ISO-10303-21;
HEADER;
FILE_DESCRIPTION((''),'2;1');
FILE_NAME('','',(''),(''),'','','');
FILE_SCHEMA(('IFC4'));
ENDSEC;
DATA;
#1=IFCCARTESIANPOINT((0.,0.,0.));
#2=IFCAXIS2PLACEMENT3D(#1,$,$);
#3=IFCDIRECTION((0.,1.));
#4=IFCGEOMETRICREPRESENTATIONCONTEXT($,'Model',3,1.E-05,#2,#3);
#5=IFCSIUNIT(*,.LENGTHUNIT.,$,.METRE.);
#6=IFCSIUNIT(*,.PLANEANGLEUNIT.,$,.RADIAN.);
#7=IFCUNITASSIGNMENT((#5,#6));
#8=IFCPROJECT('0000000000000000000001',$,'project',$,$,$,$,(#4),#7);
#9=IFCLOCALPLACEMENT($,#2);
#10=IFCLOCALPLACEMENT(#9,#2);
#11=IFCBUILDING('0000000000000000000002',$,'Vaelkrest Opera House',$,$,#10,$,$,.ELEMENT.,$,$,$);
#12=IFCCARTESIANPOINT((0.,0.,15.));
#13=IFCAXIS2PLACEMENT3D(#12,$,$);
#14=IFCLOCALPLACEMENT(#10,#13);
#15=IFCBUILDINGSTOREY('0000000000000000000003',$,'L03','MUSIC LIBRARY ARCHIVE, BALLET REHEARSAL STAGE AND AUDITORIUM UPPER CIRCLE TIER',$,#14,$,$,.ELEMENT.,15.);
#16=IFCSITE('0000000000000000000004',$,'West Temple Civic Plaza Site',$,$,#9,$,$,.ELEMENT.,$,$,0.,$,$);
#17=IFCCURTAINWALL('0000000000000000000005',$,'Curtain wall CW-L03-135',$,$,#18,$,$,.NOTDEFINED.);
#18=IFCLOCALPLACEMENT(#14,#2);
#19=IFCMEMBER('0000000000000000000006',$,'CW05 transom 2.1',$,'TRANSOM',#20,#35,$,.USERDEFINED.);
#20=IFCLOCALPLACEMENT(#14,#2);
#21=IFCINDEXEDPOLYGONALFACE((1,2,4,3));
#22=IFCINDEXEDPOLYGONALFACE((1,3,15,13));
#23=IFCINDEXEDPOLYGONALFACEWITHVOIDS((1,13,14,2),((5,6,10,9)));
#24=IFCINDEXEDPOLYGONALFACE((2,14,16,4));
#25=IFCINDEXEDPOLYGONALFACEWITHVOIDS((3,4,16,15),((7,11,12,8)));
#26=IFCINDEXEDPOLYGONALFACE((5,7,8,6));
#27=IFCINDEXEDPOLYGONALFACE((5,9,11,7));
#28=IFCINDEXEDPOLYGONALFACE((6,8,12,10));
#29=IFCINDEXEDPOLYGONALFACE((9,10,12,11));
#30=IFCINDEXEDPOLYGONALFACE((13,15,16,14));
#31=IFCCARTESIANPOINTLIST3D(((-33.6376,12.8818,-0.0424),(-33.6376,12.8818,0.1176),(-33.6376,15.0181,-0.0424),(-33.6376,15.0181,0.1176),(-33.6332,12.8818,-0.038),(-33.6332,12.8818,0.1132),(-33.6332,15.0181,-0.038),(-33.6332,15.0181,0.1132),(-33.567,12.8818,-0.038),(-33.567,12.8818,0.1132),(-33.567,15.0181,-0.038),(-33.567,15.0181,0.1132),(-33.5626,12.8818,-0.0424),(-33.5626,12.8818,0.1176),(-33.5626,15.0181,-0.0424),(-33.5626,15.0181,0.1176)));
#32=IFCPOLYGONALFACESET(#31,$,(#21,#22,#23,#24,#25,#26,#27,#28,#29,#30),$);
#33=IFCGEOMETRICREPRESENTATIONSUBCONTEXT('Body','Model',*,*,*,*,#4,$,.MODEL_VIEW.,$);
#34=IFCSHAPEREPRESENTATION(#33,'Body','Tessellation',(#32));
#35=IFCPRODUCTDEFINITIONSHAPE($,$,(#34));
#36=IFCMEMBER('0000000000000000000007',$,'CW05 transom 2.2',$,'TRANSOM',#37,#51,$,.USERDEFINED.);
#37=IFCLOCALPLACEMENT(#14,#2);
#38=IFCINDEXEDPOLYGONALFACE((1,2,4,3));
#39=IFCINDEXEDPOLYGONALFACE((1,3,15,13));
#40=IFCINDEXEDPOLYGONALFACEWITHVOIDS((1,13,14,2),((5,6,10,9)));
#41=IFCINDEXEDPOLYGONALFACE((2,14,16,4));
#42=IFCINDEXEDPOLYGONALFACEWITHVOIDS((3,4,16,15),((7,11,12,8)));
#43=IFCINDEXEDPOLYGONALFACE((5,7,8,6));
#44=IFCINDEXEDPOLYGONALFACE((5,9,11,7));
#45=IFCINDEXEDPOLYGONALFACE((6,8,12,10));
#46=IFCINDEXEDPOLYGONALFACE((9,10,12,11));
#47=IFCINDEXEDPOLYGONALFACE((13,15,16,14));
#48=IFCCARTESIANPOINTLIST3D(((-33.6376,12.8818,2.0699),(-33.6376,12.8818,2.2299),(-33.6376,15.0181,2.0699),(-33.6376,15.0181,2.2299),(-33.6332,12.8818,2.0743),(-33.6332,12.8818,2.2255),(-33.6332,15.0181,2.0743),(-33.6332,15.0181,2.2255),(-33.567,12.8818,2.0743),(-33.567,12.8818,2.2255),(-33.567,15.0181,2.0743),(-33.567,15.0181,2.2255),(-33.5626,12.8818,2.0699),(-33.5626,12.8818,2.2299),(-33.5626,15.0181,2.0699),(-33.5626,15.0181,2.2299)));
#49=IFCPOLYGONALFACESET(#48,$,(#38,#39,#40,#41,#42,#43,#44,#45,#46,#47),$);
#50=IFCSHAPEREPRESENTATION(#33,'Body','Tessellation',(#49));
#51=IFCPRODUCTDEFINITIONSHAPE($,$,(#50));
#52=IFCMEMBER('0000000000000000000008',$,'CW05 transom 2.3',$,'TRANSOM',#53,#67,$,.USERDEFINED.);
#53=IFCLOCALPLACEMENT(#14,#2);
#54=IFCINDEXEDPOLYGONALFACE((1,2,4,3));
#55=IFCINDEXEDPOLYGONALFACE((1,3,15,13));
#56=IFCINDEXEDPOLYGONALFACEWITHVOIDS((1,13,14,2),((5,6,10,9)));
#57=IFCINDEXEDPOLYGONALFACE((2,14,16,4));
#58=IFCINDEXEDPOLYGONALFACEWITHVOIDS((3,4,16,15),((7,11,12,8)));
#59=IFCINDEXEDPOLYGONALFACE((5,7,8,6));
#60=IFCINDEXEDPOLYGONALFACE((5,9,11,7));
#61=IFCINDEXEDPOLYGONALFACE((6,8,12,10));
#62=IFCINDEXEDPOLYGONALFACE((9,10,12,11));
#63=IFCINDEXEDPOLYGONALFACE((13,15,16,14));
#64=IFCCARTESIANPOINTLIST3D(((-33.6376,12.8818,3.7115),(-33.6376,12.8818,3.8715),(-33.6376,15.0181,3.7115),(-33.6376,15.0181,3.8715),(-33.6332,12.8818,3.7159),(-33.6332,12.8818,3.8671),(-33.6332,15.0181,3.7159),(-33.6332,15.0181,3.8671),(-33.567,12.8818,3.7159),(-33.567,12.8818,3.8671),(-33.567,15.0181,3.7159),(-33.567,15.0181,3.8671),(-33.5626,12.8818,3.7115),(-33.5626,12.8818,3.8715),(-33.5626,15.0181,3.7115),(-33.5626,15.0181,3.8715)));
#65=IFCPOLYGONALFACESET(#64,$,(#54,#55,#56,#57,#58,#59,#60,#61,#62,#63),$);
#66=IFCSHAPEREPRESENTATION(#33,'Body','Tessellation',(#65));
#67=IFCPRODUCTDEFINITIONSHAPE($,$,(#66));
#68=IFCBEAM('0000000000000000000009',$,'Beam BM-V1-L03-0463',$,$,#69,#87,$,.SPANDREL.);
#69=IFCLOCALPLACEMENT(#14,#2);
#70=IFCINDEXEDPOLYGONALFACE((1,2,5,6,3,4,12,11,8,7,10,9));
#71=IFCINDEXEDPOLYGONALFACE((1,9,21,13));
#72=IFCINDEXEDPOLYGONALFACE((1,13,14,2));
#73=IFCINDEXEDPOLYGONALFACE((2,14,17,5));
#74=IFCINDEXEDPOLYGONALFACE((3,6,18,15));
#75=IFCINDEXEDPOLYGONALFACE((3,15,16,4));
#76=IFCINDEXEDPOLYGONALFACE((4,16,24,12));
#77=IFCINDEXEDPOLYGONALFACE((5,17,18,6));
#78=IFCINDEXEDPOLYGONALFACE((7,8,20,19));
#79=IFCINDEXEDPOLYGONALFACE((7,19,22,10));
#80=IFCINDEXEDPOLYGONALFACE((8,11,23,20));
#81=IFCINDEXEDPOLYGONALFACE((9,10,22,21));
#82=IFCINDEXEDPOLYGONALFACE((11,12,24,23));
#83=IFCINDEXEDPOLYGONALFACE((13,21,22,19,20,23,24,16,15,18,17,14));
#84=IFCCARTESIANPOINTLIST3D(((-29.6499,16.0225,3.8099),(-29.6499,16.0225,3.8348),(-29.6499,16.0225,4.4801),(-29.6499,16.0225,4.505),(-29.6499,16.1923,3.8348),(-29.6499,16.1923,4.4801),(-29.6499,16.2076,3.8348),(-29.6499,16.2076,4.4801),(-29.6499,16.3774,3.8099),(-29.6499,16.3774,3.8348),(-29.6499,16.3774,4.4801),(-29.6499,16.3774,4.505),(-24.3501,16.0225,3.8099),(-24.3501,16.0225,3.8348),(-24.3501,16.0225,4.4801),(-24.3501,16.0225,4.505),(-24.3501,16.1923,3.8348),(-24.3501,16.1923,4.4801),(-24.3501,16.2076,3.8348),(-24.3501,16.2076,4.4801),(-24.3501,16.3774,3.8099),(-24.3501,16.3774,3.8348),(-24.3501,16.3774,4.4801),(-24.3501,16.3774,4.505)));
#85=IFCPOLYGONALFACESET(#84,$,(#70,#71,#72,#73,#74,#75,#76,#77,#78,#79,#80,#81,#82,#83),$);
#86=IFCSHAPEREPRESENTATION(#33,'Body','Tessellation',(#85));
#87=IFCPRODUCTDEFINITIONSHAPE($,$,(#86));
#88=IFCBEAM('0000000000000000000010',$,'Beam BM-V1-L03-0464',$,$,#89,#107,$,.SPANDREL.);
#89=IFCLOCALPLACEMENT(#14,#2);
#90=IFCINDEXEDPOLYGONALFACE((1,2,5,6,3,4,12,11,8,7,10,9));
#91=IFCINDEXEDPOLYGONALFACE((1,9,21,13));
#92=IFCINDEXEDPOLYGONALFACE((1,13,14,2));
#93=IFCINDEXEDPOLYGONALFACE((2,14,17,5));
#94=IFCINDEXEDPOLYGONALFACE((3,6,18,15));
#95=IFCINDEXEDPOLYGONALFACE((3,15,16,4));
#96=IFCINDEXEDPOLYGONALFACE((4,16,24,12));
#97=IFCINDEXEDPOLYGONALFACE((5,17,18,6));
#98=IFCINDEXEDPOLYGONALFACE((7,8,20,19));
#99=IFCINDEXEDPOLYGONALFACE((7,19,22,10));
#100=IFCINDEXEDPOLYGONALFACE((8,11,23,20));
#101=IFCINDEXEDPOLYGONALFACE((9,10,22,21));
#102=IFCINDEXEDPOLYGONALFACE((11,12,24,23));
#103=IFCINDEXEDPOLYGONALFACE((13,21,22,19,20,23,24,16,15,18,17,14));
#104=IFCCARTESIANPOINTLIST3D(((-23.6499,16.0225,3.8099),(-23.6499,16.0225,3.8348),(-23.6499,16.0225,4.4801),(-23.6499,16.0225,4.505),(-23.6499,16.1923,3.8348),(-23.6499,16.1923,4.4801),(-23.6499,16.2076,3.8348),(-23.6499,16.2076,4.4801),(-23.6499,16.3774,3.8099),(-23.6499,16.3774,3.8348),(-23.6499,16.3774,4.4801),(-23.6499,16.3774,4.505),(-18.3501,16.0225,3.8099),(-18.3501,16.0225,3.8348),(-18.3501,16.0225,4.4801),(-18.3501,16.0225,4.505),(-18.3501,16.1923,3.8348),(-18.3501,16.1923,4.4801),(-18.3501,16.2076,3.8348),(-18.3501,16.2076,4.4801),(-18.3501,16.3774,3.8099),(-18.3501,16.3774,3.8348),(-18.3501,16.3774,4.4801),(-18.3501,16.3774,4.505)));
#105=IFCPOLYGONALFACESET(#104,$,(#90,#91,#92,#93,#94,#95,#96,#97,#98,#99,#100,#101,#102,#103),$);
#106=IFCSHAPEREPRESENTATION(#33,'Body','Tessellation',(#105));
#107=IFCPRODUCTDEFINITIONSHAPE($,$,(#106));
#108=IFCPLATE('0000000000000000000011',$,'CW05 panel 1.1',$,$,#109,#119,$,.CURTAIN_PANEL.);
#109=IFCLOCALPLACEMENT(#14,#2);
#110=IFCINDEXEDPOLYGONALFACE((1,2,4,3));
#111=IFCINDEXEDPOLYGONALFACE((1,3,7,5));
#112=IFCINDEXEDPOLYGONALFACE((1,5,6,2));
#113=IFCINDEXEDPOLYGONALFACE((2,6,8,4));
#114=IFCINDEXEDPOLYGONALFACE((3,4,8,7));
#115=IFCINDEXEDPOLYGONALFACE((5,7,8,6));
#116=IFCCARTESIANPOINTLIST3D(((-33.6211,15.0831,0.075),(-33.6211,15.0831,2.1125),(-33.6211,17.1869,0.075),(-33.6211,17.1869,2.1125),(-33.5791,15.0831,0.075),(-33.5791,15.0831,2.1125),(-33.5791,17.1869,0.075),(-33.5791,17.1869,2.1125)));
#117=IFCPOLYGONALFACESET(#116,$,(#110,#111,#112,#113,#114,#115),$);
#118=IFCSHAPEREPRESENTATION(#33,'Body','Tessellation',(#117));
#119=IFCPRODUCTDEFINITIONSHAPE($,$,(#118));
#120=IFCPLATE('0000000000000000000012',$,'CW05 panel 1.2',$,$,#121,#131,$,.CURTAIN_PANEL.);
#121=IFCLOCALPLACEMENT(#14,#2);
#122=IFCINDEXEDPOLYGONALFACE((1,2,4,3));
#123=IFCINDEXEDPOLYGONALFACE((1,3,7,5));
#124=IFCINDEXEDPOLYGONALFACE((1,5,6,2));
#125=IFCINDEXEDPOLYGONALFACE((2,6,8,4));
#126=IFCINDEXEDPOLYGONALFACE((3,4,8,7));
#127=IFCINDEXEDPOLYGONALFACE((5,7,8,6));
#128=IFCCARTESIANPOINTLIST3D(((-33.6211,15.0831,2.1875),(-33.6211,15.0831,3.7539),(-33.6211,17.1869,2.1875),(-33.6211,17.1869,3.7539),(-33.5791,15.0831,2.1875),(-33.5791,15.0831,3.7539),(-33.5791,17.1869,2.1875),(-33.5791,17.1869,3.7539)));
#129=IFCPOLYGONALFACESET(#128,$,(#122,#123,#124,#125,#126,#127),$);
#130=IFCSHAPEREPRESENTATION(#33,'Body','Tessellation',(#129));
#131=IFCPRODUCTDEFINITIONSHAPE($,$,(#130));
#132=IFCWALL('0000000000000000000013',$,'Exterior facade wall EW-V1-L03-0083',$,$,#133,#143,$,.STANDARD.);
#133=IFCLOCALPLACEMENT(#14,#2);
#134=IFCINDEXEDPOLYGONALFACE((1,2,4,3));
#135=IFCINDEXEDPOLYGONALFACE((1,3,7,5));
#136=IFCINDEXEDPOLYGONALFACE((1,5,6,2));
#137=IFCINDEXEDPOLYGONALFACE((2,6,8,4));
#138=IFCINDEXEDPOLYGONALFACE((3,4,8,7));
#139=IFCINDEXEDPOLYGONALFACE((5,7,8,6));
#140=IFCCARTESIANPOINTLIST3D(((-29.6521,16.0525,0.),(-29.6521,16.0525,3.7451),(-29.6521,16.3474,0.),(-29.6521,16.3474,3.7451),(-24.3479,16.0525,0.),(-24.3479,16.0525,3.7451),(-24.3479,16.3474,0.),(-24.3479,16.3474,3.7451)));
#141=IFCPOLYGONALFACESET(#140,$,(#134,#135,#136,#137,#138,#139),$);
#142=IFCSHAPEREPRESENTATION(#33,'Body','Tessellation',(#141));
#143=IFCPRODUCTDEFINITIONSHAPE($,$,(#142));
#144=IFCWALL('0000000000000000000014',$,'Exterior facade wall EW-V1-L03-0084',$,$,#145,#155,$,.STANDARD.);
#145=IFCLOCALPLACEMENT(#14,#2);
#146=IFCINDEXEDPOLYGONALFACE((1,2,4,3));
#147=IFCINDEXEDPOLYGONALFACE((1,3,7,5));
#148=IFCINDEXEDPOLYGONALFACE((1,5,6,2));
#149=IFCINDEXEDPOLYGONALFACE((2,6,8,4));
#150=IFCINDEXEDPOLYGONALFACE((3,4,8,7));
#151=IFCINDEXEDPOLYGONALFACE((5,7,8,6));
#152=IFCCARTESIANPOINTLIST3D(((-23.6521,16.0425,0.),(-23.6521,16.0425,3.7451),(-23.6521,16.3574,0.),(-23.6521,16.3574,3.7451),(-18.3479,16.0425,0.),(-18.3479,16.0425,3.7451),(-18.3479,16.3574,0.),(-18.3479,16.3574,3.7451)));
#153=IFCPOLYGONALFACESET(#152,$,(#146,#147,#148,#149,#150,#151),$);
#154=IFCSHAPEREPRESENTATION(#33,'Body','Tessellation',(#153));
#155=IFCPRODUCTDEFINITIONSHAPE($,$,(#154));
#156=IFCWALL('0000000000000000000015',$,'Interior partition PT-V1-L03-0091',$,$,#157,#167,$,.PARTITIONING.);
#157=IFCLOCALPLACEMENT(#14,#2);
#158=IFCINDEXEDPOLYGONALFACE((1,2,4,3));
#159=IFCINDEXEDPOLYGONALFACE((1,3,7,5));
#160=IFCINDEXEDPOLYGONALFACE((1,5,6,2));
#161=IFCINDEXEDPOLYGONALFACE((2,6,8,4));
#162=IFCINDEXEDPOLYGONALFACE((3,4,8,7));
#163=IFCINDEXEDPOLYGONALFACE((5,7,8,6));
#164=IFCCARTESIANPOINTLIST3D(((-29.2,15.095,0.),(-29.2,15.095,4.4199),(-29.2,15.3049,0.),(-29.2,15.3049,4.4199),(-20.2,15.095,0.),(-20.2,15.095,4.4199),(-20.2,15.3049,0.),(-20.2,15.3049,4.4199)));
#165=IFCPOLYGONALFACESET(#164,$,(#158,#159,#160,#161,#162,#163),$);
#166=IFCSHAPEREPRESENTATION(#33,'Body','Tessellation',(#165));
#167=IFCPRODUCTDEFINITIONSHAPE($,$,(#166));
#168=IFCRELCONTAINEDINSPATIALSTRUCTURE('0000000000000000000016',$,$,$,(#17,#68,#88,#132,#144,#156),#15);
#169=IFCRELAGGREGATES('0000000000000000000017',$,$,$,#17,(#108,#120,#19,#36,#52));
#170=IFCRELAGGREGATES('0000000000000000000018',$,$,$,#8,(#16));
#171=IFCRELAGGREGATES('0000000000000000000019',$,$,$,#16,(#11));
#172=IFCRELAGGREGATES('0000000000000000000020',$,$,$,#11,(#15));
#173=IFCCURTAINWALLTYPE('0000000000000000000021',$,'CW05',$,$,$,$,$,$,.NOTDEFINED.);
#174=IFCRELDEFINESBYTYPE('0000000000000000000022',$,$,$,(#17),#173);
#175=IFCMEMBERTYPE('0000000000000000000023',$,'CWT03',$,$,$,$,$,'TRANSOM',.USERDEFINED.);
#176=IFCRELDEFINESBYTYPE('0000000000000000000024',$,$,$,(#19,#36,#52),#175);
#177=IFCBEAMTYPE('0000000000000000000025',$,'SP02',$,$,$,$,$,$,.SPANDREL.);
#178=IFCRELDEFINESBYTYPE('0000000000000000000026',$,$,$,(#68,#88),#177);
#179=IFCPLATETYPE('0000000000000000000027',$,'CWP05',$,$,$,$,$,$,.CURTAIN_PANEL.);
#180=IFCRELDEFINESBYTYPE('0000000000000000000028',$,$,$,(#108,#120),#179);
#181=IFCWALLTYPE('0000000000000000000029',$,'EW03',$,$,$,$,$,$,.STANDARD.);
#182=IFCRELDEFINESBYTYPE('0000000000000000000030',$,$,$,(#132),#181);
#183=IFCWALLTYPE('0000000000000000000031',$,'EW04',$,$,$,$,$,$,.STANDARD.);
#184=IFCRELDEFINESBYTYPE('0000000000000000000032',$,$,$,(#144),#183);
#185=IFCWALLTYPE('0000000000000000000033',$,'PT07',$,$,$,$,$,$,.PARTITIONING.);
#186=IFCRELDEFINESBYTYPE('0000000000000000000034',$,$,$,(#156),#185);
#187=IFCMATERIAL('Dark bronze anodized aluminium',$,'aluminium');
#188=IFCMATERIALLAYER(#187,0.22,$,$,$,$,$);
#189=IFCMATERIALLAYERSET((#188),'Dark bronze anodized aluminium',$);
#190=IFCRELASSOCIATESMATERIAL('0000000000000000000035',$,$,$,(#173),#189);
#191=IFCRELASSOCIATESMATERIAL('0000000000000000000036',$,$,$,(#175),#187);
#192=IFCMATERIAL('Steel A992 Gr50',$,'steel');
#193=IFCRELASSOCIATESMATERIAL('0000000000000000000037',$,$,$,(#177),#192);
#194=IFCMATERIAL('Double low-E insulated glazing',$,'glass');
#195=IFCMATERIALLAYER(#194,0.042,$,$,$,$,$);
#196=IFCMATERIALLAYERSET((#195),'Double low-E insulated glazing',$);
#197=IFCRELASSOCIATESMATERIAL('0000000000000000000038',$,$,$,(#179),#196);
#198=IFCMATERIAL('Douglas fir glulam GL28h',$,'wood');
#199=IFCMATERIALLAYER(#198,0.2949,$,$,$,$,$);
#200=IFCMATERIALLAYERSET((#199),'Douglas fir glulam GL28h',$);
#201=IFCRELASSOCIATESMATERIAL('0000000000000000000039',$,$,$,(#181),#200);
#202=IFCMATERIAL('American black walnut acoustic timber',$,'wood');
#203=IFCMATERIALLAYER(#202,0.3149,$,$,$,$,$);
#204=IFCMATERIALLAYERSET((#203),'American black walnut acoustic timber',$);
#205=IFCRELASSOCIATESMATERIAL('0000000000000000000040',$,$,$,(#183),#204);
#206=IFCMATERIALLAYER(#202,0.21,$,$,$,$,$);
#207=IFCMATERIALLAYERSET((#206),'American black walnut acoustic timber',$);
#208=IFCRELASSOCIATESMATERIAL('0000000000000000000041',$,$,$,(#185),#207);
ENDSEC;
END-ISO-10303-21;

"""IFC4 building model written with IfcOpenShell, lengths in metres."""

from ifc_helpers import new_model, si_unit, direction, frame, frame_2d, origin, origin_2d, place, context, subcontext, project, spatial, rectangle, hollow_rectangle, i_section, extrude, material, layer, layer_set, material_profile, profile_set, type_object, element, aggregate, save


model = new_model("IFC4")

# Units and contexts
model_context = context("Model", 3, precision=1e-05, world=origin(), true_north=direction((0.0, 1.0)))
body_context = subcontext(model_context, "Body", "Model", "MODEL_VIEW")
ifc_project = project(units=[si_unit("LENGTHUNIT", "METRE"), si_unit("PLANEANGLEUNIT", "RADIAN")], contexts=[model_context])

# Site, building, storey
site_placement = place(None, origin())
site = spatial("IfcSite", under=ifc_project, at=site_placement, Name="West Temple Civic Plaza Site", CompositionType="ELEMENT", RefElevation=0.0)
building_placement = place(site_placement, origin())
building = spatial("IfcBuilding", under=site, at=building_placement, Name="Vaelkrest Opera House", CompositionType="ELEMENT")
storey_placement = place(building_placement, frame((0.0, 0.0, 15.0)))
storey = spatial("IfcBuildingStorey", under=building, at=storey_placement, Name="L03", Description="MUSIC LIBRARY ARCHIVE, BALLET REHEARSAL STAGE AND AUDITORIUM UPPER CIRCLE TIER", CompositionType="ELEMENT", Elevation=15.0)

# Curtain wall
ifc_material_1 = material(Name="Dark bronze anodized aluminium", Category="aluminium")
ifc_layer_1 = layer(ifc_material_1, 0.22)
ifc_layer_set_1 = layer_set([ifc_layer_1], Name="Dark bronze anodized aluminium")
curtain_wall_type_1 = type_object("IfcCurtainWallType", Name="CW05", PredefinedType="NOTDEFINED", material=ifc_layer_set_1)
curtain_wall_1_placement = place(storey_placement, origin())
curtain_wall_1 = element("IfcCurtainWall", 1, at=curtain_wall_1_placement, inside=storey, type_object=curtain_wall_type_1, Name="Curtain wall CW-L03-135", PredefinedType="NOTDEFINED")

# Members
ifc_material_profile_1 = material_profile(ifc_material_1, hollow_rectangle(XDim=0.075, YDim=0.1599, WallThickness=0.0044, at=origin_2d()), Name="CWT75X160")
ifc_profile_set_1 = profile_set([ifc_material_profile_1], Name="Dark bronze anodized aluminium")
member_type_1 = type_object("IfcMemberType", Name="CWT03", ElementType="TRANSOM", PredefinedType="USERDEFINED", material=ifc_profile_set_1)
member_1_placement = place(storey_placement, frame((-33.6001, 15.0181, 0.0376), z_axis=(0.0, -1.0, 0.0), x_axis=(1.0, 0.0, 0.0)))
member_1 = element("IfcMember", 2, at=member_1_placement, type_object=member_type_1, Name="CW05 transom 2.1", ObjectType="TRANSOM", PredefinedType="USERDEFINED", context=body_context, shape_type="SweptSolid", body=[
    extrude(hollow_rectangle(XDim=0.075, YDim=0.1599, WallThickness=0.0044, at=origin_2d()), origin(), (0.0, 0.0, 1.0), 2.1362),
])
member_2_placement = place(storey_placement, frame((-33.6001, 15.0181, 2.1499), z_axis=(0.0, -1.0, 0.0), x_axis=(1.0, 0.0, 0.0)))
member_2 = element("IfcMember", 3, at=member_2_placement, type_object=member_type_1, Name="CW05 transom 2.2", ObjectType="TRANSOM", PredefinedType="USERDEFINED", context=body_context, shape_type="SweptSolid", body=[
    extrude(hollow_rectangle(XDim=0.075, YDim=0.1599, WallThickness=0.0044, at=origin_2d()), origin(), (0.0, 0.0, 1.0), 2.1362),
])
member_3_placement = place(storey_placement, frame((-33.6001, 15.0181, 3.7915), z_axis=(0.0, -1.0, 0.0), x_axis=(1.0, 0.0, 0.0)))
member_3 = element("IfcMember", 4, at=member_3_placement, type_object=member_type_1, Name="CW05 transom 2.3", ObjectType="TRANSOM", PredefinedType="USERDEFINED", context=body_context, shape_type="SweptSolid", body=[
    extrude(hollow_rectangle(XDim=0.075, YDim=0.1599, WallThickness=0.0044, at=origin_2d()), origin(), (0.0, 0.0, 1.0), 2.1362),
])

# Beams
ifc_material_2 = material(Name="Steel A992 Gr50", Category="steel")
ifc_material_profile_2 = material_profile(ifc_material_2, i_section(OverallWidth=0.355, OverallDepth=0.6951, WebThickness=0.0154, FlangeThickness=0.0249, at=origin_2d()), Name="W27X146")
ifc_profile_set_2 = profile_set([ifc_material_profile_2], Name="Steel A992 Gr50")
beam_type = type_object("IfcBeamType", Name="SP02", PredefinedType="SPANDREL", material=ifc_profile_set_2)
for number, where, z_axis, x_axis, name in (
    (5, (-29.6499, 16.2, 4.1575), (1.0, 0.0, 0.0), (0.0, 1.0, 0.0), "Beam BM-V1-L03-0463"),
    (6, (-23.6499, 16.2, 4.1575), (1.0, 0.0, 0.0), (0.0, 1.0, 0.0), "Beam BM-V1-L03-0464"),
):
    element("IfcBeam", number, at=place(storey_placement, frame(where, z_axis=z_axis, x_axis=x_axis)), inside=storey, type_object=beam_type, Name=name, PredefinedType="SPANDREL", context=body_context, shape_type="SweptSolid", body=[
        extrude(i_section(OverallWidth=0.355, OverallDepth=0.6951, WebThickness=0.0154, FlangeThickness=0.0249, at=origin_2d()), origin(), (0.0, 0.0, 1.0), 5.2998),
    ])

# Plates
ifc_material_3 = material(Name="Double low-E insulated glazing", Category="glass")
ifc_layer_2 = layer(ifc_material_3, 0.042)
ifc_layer_set_2 = layer_set([ifc_layer_2], Name="Double low-E insulated glazing")
plate_type = type_object("IfcPlateType", Name="CWP05", PredefinedType="CURTAIN_PANEL", material=ifc_layer_set_2)
plate_1_placement = place(storey_placement, frame((-33.6001, 16.135, 0.075), z_axis=(0.0, 0.0, 1.0), x_axis=(0.0, -1.0, 0.0)))
plate_1 = element("IfcPlate", 7, at=plate_1_placement, type_object=plate_type, Name="CW05 panel 1.1", PredefinedType="CURTAIN_PANEL", context=body_context, shape_type="SweptSolid", body=[
    extrude(rectangle(XDim=2.1038, YDim=0.042, at=origin_2d()), origin(), (0.0, 0.0, 1.0), 2.0376),
])
plate_2_placement = place(storey_placement, frame((-33.6001, 16.135, 2.1875), z_axis=(0.0, 0.0, 1.0), x_axis=(0.0, -1.0, 0.0)))
plate_2 = element("IfcPlate", 8, at=plate_2_placement, type_object=plate_type, Name="CW05 panel 1.2", PredefinedType="CURTAIN_PANEL", context=body_context, shape_type="SweptSolid", body=[
    extrude(rectangle(XDim=2.1038, YDim=0.042, at=origin_2d()), origin(), (0.0, 0.0, 1.0), 1.5664),
])
aggregate(curtain_wall_1, [plate_1, plate_2, member_1, member_2, member_3])

# Walls
ifc_material_4 = material(Name="Douglas fir glulam GL28h", Category="wood")
ifc_layer_3 = layer(ifc_material_4, 0.2949)
ifc_layer_set_3 = layer_set([ifc_layer_3], Name="Douglas fir glulam GL28h")
wall_type_1 = type_object("IfcWallType", Name="EW03", PredefinedType="STANDARD", material=ifc_layer_set_3)
wall_1_placement = place(storey_placement, frame((-29.6521, 16.2, 0.0), z_axis=(0.0, 0.0, 1.0), x_axis=(1.0, 0.0, 0.0)))
element("IfcWall", 9, at=wall_1_placement, inside=storey, type_object=wall_type_1, Name="Exterior facade wall EW-V1-L03-0083", PredefinedType="STANDARD", context=body_context, shape_type="SweptSolid", body=[
    extrude(rectangle(XDim=5.3042, YDim=0.2949, at=frame_2d((2.6521, 0.0))), origin(), (0.0, 0.0, 1.0), 3.7451),
])
ifc_material_5 = material(Name="American black walnut acoustic timber", Category="wood")
ifc_layer_4 = layer(ifc_material_5, 0.3149)
ifc_layer_set_4 = layer_set([ifc_layer_4], Name="American black walnut acoustic timber")
wall_type_2 = type_object("IfcWallType", Name="EW04", PredefinedType="STANDARD", material=ifc_layer_set_4)
wall_2_placement = place(storey_placement, frame((-23.6521, 16.2, 0.0), z_axis=(0.0, 0.0, 1.0), x_axis=(1.0, 0.0, 0.0)))
element("IfcWall", 10, at=wall_2_placement, inside=storey, type_object=wall_type_2, Name="Exterior facade wall EW-V1-L03-0084", PredefinedType="STANDARD", context=body_context, shape_type="SweptSolid", body=[
    extrude(rectangle(XDim=5.3042, YDim=0.3149, at=frame_2d((2.6521, 0.0))), origin(), (0.0, 0.0, 1.0), 3.7451),
])
ifc_layer_5 = layer(ifc_material_5, 0.21)
ifc_layer_set_5 = layer_set([ifc_layer_5], Name="American black walnut acoustic timber")
wall_type_3 = type_object("IfcWallType", Name="PT07", PredefinedType="PARTITIONING", material=ifc_layer_set_5)
wall_3_placement = place(storey_placement, frame((-29.2, 15.2, 0.0), z_axis=(0.0, 0.0, 1.0), x_axis=(1.0, 0.0, 0.0)))
element("IfcWall", 11, at=wall_3_placement, inside=storey, type_object=wall_type_3, Name="Interior partition PT-V1-L03-0091", PredefinedType="PARTITIONING", context=body_context, shape_type="SweptSolid", body=[
    extrude(rectangle(XDim=9.0, YDim=0.21, at=frame_2d((4.5, 0.0))), origin(), (0.0, 0.0, 1.0), 4.4199),
])

save(model, "model.ifc")
